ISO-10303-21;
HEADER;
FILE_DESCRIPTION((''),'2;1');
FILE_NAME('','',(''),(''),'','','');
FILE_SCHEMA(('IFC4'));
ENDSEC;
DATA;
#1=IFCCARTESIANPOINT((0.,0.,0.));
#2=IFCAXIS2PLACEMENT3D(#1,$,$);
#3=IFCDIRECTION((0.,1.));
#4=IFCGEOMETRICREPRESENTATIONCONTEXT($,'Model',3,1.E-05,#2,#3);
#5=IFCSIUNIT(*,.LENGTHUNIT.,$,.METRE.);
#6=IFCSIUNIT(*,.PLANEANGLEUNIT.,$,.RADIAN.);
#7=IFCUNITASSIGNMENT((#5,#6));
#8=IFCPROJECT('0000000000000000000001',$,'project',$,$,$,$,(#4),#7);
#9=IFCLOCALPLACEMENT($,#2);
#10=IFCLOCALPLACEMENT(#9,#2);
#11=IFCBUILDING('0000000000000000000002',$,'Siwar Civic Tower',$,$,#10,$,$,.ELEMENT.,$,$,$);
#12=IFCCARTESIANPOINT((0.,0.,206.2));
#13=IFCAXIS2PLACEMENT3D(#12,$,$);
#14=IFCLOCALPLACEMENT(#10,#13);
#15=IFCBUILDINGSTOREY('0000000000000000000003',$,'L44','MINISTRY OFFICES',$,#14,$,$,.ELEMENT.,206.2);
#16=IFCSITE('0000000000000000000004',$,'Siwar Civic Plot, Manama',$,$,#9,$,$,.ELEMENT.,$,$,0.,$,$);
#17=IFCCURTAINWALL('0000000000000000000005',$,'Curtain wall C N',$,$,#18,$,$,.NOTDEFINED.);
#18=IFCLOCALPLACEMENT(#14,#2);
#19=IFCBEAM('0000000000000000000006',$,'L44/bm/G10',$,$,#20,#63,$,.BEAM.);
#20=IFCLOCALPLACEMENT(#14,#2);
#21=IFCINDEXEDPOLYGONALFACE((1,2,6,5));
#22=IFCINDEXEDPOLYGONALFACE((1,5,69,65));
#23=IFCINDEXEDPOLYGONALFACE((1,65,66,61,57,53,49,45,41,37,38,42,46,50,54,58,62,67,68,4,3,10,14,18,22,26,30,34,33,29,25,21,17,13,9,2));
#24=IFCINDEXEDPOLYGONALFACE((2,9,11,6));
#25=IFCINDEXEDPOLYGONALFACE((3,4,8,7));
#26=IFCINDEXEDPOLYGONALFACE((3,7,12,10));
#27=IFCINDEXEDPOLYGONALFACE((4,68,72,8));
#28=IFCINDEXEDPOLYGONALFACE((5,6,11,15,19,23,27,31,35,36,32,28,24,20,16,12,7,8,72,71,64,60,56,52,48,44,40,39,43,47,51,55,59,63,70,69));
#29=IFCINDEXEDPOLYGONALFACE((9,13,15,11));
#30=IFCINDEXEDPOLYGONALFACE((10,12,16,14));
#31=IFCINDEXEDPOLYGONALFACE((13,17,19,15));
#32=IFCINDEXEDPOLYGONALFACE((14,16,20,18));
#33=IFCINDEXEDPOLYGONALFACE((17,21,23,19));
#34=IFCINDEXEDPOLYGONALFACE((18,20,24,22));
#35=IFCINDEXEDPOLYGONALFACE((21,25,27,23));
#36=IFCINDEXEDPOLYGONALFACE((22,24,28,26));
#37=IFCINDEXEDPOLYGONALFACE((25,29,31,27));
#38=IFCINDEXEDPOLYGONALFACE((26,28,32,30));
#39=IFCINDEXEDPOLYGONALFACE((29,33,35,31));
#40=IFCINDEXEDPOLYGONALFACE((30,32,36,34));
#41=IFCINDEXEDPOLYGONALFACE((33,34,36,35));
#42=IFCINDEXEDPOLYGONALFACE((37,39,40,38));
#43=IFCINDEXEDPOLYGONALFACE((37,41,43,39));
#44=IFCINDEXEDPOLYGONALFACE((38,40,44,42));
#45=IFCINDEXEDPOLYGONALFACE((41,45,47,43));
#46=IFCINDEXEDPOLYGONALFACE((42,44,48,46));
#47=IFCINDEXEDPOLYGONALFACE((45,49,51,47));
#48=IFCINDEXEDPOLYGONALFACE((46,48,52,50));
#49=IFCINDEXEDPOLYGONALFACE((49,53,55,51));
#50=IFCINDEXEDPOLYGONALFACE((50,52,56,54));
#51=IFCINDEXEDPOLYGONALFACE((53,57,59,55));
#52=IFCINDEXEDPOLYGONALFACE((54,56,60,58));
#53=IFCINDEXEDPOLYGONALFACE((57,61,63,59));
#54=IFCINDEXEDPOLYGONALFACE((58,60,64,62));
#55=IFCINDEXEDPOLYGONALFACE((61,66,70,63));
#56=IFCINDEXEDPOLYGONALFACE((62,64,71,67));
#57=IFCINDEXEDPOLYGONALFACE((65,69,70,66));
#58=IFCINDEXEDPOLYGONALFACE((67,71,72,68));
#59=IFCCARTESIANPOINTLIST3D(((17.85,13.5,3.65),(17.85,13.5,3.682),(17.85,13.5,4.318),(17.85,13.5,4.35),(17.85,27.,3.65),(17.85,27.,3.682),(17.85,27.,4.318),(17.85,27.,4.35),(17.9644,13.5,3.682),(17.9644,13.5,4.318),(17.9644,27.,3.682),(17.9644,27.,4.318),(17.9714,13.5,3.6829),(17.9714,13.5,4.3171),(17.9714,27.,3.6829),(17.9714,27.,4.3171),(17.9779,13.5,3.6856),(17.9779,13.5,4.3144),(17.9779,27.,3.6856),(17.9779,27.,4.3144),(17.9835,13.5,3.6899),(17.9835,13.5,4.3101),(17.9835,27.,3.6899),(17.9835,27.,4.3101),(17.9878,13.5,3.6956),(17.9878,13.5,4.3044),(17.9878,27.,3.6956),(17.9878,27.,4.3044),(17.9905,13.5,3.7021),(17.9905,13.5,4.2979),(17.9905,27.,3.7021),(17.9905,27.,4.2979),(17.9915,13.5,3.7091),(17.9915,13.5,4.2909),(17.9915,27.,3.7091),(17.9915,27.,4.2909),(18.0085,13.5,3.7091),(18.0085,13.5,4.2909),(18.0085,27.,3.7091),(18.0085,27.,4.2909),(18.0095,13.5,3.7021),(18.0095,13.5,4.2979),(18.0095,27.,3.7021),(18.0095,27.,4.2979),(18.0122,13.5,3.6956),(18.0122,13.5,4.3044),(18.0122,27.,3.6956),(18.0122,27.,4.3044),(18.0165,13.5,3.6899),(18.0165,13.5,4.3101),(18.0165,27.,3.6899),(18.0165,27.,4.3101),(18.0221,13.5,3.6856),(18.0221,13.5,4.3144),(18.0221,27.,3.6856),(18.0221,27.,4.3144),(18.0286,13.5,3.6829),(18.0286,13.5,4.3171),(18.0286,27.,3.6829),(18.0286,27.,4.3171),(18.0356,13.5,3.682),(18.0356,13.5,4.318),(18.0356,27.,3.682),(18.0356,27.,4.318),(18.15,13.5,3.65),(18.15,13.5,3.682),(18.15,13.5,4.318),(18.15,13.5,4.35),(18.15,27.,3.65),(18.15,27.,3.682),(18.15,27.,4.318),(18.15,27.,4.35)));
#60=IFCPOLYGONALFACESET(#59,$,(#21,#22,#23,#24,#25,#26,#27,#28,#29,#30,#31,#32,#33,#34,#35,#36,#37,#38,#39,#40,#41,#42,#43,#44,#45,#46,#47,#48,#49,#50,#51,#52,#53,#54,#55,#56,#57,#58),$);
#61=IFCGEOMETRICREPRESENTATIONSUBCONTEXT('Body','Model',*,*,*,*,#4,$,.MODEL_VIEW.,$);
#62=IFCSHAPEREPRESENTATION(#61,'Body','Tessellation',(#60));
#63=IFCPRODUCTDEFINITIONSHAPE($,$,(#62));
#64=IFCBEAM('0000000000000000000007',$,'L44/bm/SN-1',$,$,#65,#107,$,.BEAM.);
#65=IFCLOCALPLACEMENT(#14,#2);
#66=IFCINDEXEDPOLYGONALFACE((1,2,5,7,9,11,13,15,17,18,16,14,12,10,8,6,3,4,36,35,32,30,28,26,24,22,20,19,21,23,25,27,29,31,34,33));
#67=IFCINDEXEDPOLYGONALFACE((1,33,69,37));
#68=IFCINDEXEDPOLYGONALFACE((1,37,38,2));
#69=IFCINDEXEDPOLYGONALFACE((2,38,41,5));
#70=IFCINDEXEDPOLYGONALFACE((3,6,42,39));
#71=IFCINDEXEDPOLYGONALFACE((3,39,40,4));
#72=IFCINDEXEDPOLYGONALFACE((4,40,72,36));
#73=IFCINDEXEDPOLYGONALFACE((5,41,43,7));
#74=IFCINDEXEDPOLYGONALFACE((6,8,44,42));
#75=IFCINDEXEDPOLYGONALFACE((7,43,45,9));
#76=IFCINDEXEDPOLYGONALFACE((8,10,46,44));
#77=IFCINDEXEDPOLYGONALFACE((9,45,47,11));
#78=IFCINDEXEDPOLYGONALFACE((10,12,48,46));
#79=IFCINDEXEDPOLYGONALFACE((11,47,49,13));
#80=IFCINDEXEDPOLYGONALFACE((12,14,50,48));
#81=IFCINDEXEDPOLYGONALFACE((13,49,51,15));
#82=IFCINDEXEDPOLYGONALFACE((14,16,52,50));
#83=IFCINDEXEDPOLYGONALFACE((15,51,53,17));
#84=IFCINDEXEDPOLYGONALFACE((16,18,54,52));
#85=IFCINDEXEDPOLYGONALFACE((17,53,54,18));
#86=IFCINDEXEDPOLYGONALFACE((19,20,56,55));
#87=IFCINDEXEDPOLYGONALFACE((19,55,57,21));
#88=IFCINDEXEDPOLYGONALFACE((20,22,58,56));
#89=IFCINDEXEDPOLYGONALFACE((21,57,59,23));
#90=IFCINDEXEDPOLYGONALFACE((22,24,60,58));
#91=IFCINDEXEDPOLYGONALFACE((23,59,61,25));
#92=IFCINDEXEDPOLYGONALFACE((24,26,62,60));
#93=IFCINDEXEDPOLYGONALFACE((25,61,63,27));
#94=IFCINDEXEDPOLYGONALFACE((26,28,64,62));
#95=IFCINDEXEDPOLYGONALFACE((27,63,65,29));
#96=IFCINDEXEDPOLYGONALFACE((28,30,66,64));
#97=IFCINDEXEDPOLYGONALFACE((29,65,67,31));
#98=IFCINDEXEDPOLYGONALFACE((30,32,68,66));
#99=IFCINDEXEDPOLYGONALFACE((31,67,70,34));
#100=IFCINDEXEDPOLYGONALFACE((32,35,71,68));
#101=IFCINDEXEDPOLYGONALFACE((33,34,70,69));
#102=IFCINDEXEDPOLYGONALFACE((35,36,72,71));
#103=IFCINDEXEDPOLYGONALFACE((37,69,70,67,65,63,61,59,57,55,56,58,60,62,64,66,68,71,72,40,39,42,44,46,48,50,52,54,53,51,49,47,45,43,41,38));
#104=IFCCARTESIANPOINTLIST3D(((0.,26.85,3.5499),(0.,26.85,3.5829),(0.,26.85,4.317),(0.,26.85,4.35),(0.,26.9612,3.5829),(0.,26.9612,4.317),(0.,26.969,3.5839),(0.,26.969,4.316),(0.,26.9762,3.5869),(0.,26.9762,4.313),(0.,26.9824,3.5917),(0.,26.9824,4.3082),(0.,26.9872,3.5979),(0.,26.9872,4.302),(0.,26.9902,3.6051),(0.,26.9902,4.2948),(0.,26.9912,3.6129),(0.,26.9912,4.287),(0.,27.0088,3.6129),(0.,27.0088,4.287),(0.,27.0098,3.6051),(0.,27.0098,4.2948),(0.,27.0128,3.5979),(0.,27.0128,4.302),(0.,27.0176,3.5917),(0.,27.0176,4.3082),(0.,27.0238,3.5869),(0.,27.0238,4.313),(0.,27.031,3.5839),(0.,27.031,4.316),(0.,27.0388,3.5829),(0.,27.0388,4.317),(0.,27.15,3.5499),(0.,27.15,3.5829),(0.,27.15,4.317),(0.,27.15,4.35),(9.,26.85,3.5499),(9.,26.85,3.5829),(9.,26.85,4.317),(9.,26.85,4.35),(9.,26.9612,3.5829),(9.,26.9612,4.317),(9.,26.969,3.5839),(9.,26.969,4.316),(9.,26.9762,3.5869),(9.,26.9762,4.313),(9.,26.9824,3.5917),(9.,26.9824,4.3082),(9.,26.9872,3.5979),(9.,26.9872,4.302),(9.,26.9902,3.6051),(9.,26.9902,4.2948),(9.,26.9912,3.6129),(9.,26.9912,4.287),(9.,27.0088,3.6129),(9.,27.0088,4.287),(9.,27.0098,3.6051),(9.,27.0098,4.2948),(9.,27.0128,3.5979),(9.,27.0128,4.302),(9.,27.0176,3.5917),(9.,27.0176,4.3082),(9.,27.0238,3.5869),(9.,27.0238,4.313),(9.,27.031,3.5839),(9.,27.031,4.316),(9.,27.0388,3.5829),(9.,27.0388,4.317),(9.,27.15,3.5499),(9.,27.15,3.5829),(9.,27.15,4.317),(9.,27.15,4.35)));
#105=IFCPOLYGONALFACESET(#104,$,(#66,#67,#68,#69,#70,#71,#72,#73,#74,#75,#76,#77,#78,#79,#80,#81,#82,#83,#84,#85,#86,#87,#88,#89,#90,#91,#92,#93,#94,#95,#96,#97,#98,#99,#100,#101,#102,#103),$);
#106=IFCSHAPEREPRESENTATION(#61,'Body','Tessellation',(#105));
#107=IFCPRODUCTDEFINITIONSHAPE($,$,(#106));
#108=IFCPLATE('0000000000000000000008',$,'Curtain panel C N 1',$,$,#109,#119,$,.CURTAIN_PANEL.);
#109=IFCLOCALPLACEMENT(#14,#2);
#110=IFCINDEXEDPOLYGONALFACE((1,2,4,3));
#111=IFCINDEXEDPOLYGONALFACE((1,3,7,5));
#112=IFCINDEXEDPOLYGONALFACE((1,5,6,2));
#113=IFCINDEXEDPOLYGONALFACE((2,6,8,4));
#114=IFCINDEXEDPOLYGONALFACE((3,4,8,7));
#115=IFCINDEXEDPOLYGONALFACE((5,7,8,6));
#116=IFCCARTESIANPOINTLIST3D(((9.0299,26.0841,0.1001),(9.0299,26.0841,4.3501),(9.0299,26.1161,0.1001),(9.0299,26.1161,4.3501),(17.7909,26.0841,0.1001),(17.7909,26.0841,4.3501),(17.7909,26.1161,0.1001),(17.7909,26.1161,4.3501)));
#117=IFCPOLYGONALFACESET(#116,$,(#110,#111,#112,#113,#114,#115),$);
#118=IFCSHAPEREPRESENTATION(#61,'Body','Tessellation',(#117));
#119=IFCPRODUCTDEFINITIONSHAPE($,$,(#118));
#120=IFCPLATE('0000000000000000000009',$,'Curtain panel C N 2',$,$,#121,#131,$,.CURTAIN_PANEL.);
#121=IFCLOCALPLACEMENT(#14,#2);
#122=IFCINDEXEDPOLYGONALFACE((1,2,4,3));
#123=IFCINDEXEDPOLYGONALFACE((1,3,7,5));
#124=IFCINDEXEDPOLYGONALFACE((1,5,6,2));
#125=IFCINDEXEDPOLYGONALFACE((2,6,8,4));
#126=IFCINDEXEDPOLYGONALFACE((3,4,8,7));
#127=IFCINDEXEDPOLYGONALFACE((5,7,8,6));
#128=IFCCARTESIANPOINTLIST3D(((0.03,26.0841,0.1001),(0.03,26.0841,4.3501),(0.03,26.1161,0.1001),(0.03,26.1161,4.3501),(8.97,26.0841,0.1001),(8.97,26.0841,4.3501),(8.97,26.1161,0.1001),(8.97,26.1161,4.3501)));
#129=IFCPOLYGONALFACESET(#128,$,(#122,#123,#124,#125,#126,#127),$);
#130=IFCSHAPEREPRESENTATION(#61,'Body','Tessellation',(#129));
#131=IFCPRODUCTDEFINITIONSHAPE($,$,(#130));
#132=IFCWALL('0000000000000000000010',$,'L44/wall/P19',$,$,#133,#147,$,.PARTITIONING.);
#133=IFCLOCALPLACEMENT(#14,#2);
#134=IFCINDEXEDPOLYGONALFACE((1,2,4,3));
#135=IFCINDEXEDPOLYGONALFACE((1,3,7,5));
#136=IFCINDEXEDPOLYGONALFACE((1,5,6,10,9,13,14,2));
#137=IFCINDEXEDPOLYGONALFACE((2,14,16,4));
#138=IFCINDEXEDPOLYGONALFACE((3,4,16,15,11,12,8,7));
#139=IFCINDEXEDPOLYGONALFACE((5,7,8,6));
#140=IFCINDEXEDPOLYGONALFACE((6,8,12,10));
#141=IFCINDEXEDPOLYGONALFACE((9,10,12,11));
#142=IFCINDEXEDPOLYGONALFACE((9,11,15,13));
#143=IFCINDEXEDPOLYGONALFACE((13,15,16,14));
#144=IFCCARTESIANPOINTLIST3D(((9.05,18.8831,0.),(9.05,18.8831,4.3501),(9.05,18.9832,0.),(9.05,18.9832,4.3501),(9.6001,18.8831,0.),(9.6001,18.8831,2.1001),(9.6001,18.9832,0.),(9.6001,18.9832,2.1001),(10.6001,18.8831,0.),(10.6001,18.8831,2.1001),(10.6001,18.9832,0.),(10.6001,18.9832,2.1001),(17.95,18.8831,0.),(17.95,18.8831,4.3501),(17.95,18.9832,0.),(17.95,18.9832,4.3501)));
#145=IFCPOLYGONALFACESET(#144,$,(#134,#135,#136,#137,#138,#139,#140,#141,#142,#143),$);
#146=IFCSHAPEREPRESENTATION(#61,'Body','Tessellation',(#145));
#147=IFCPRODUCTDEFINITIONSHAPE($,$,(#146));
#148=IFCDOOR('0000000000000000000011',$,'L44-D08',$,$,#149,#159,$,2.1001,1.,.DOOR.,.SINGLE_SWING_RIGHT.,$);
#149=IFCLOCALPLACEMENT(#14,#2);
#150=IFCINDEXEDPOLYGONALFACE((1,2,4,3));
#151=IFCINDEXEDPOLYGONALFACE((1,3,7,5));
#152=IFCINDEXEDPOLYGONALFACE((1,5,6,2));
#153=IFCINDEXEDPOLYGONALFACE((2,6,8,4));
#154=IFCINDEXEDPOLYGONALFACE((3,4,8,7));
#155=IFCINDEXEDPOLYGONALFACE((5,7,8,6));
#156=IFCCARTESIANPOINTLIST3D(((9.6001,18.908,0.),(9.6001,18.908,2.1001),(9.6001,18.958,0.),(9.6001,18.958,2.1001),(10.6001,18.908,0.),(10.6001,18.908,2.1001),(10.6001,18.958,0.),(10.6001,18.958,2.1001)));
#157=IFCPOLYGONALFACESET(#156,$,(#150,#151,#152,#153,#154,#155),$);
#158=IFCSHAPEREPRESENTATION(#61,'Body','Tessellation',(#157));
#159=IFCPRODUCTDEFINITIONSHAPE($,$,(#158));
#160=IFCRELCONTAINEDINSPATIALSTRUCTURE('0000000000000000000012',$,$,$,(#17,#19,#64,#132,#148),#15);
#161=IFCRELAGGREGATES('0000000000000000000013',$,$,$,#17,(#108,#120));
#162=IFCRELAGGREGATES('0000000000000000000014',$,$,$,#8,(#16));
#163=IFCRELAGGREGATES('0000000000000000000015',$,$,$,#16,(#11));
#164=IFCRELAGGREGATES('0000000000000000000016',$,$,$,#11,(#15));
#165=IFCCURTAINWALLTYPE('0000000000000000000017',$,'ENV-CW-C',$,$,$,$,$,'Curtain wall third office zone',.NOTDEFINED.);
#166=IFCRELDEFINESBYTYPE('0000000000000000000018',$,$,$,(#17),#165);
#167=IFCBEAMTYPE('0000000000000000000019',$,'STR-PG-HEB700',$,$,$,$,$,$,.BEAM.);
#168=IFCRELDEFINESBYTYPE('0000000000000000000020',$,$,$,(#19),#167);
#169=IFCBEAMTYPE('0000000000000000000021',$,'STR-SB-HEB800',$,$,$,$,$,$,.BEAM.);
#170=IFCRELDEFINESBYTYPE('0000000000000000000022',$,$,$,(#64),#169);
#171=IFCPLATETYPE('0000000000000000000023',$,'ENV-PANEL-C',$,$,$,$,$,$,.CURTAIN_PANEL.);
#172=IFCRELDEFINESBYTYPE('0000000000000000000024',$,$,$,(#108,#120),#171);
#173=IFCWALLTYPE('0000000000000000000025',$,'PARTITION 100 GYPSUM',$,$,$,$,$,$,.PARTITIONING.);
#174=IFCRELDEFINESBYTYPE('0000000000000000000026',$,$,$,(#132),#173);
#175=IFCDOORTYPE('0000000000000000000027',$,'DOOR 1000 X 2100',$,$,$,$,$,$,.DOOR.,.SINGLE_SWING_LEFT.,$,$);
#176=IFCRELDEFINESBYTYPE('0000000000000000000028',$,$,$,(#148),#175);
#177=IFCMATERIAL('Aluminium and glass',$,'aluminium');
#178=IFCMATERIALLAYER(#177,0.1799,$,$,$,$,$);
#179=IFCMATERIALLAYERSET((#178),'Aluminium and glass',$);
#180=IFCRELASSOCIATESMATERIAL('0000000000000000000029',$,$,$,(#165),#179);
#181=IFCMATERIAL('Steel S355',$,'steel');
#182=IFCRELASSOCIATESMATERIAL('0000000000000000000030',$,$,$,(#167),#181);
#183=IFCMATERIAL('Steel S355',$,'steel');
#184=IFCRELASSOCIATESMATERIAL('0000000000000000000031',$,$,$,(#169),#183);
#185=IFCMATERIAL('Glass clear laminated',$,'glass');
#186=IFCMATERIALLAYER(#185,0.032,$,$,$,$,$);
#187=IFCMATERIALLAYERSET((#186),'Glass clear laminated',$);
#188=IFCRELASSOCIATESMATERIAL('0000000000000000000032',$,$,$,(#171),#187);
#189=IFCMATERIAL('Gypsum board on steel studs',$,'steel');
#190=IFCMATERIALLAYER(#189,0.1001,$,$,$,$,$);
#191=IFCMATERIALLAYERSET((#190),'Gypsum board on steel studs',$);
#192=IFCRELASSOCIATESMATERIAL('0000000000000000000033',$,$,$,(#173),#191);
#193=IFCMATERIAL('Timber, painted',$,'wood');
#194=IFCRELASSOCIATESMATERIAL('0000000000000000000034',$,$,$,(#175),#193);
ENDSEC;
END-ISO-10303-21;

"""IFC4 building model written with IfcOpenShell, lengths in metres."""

from ifc_helpers import new_model, si_unit, direction, frame, frame_2d, origin, origin_2d, place, context, subcontext, project, spatial, rectangle, i_section, extrude, material, layer, layer_set, material_profile, profile_set, type_object, element, fill, aggregate, save


model = new_model("IFC4")

# Units and contexts
model_context = context("Model", 3, precision=1e-05, world=origin(), true_north=direction((0.0, 1.0)))
body_context = subcontext(model_context, "Body", "Model", "MODEL_VIEW")
ifc_project = project(units=[si_unit("LENGTHUNIT", "METRE"), si_unit("PLANEANGLEUNIT", "RADIAN")], contexts=[model_context])

# Site, building, storey
site_placement = place(None, origin())
site = spatial("IfcSite", under=ifc_project, at=site_placement, Name="Siwar Civic Plot, Manama", CompositionType="ELEMENT", RefElevation=0.0)
building_placement = place(site_placement, origin())
building = spatial("IfcBuilding", under=site, at=building_placement, Name="Siwar Civic Tower", CompositionType="ELEMENT")
storey_placement = place(building_placement, frame((0.0, 0.0, 206.2)))
storey = spatial("IfcBuildingStorey", under=building, at=storey_placement, Name="L44", Description="MINISTRY OFFICES", CompositionType="ELEMENT", Elevation=206.2)

# Curtain wall
ifc_material_1 = material(Name="Aluminium and glass", Category="aluminium")
ifc_layer_1 = layer(ifc_material_1, 0.1799)
ifc_layer_set_1 = layer_set([ifc_layer_1], Name="Aluminium and glass")
curtain_wall_type = type_object("IfcCurtainWallType", Name="ENV-CW-C", ElementType="Curtain wall third office zone", PredefinedType="NOTDEFINED", material=ifc_layer_set_1)
curtain_wall_placement = place(storey_placement, origin())
curtain_wall = element("IfcCurtainWall", 1, at=curtain_wall_placement, inside=storey, type_object=curtain_wall_type, Name="Curtain wall C N", PredefinedType="NOTDEFINED")

# Beams
ifc_material_2 = material(Name="Steel S355", Category="steel")
ifc_material_profile_1 = material_profile(ifc_material_2, i_section(OverallWidth=0.3, OverallDepth=0.7, WebThickness=0.0171, FlangeThickness=0.032, FilletRadius=0.0271, at=origin_2d()), Name="HEB700")
ifc_profile_set_1 = profile_set([ifc_material_profile_1], Name="Steel S355")
beam_type_1 = type_object("IfcBeamType", Name="STR-PG-HEB700", PredefinedType="BEAM", material=ifc_profile_set_1)
for number, where, z_axis, x_axis, name in (
    (2, (18.0, 13.5, 4.0), (0.0, 1.0, 0.0), (-1.0, 0.0, 0.0), "L44/bm/G10"),
):
    element("IfcBeam", number, at=place(storey_placement, frame(where, z_axis=z_axis, x_axis=x_axis)), inside=storey, type_object=beam_type_1, Name=name, PredefinedType="BEAM", context=body_context, shape_type="SweptSolid", body=[
        extrude(i_section(OverallWidth=0.3, OverallDepth=0.7, WebThickness=0.0171, FlangeThickness=0.032, FilletRadius=0.0271, at=origin_2d()), origin(), (0.0, 0.0, 1.0), 13.5),
    ])
ifc_material_3 = material(Name="Steel S355", Category="steel")
ifc_material_profile_2 = material_profile(ifc_material_3, i_section(OverallWidth=0.3, OverallDepth=0.8, WebThickness=0.0176, FlangeThickness=0.033, FilletRadius=0.03, at=origin_2d()), Name="HEB800")
ifc_profile_set_2 = profile_set([ifc_material_profile_2], Name="Steel S355")
beam_type_2 = type_object("IfcBeamType", Name="STR-SB-HEB800", PredefinedType="BEAM", material=ifc_profile_set_2)
beam_1_placement = place(storey_placement, frame((9.0, 27.0, 3.95), z_axis=(-1.0, 0.0, 0.0), x_axis=(0.0, -1.0, 0.0)))
element("IfcBeam", 3, at=beam_1_placement, inside=storey, type_object=beam_type_2, Name="L44/bm/SN-1", PredefinedType="BEAM", context=body_context, shape_type="SweptSolid", body=[
    extrude(i_section(OverallWidth=0.3, OverallDepth=0.8, WebThickness=0.0176, FlangeThickness=0.033, FilletRadius=0.03, at=origin_2d()), origin(), (0.0, 0.0, 1.0), 9.0),
])

# Plates
ifc_material_4 = material(Name="Glass clear laminated", Category="glass")
ifc_layer_2 = layer(ifc_material_4, 0.032)
ifc_layer_set_2 = layer_set([ifc_layer_2], Name="Glass clear laminated")
plate_type = type_object("IfcPlateType", Name="ENV-PANEL-C", PredefinedType="CURTAIN_PANEL", material=ifc_layer_set_2)
plate_1_placement = place(storey_placement, frame((13.4104, 26.1001, 0.1001), z_axis=(0.0, 0.0, 1.0), x_axis=(-1.0, 0.0, 0.0)))
plate_1 = element("IfcPlate", 4, at=plate_1_placement, type_object=plate_type, Name="Curtain panel C N 1", PredefinedType="CURTAIN_PANEL", context=body_context, shape_type="SweptSolid", body=[
    extrude(rectangle(XDim=8.761, YDim=0.032, at=origin_2d()), origin(), (0.0, 0.0, 1.0), 4.25),
])
plate_2_placement = place(storey_placement, frame((4.5, 26.1001, 0.1001), z_axis=(0.0, 0.0, 1.0), x_axis=(-1.0, 0.0, 0.0)))
plate_2 = element("IfcPlate", 5, at=plate_2_placement, type_object=plate_type, Name="Curtain panel C N 2", PredefinedType="CURTAIN_PANEL", context=body_context, shape_type="SweptSolid", body=[
    extrude(rectangle(XDim=8.9399, YDim=0.032, at=origin_2d()), origin(), (0.0, 0.0, 1.0), 4.25),
])
aggregate(curtain_wall, [plate_1, plate_2])

# Wall, opening, door
ifc_material_5 = material(Name="Gypsum board on steel studs", Category="steel")
ifc_layer_3 = layer(ifc_material_5, 0.1001)
ifc_layer_set_3 = layer_set([ifc_layer_3], Name="Gypsum board on steel studs")
wall_type = type_object("IfcWallType", Name="PARTITION 100 GYPSUM", PredefinedType="PARTITIONING", material=ifc_layer_set_3)
wall_1_placement = place(storey_placement, frame((9.05, 18.9331, 0.0), z_axis=(0.0, 0.0, 1.0), x_axis=(1.0, 0.0, 0.0)))
wall_1 = element("IfcWall", 6, at=wall_1_placement, inside=storey, type_object=wall_type, Name="L44/wall/P19", PredefinedType="PARTITIONING", context=body_context, shape_type="SweptSolid", body=[
    extrude(rectangle(XDim=8.8999, YDim=0.1001, at=frame_2d((4.45, 0.0))), origin(), (0.0, 0.0, 1.0), 4.3501),
])
opening_1_placement = place(wall_1_placement, frame((0.55, 0.0, 0.0)))
opening_1 = element("IfcOpeningElement", 7, at=opening_1_placement, cuts=wall_1, PredefinedType="OPENING", context=body_context, shape_type="SweptSolid", body=[
    extrude(rectangle(XDim=1.0, YDim=2.1001, at=frame_2d((0.5, 1.05))), frame((0.0, 0.0601, 0.0), z_axis=(0.0, -1.0, 0.0), x_axis=(1.0, 0.0, 0.0)), (0.0, 0.0, 1.0), 0.1201),
])
ifc_material_6 = material(Name="Timber, painted", Category="wood")
door_type = type_object("IfcDoorType", Name="DOOR 1000 X 2100", OperationType="SINGLE_SWING_LEFT", PredefinedType="DOOR", material=ifc_material_6)
door_1_placement = place(opening_1_placement, origin())
door_1 = element("IfcDoor", 8, at=door_1_placement, inside=storey, type_object=door_type, Name="L44-D08", OperationType="SINGLE_SWING_RIGHT", OverallHeight=2.1001, OverallWidth=1.0, PredefinedType="DOOR", context=body_context, shape_type="SweptSolid", body=[
    extrude(rectangle(XDim=1.0, YDim=2.1001, at=frame_2d((0.5, 1.05))), frame((0.0, 0.0249, 0.0), z_axis=(0.0, -1.0, 0.0), x_axis=(1.0, 0.0, 0.0)), (0.0, 0.0, 1.0), 0.05),
])
fill(opening_1, door_1)

save(model, "model.ifc")
